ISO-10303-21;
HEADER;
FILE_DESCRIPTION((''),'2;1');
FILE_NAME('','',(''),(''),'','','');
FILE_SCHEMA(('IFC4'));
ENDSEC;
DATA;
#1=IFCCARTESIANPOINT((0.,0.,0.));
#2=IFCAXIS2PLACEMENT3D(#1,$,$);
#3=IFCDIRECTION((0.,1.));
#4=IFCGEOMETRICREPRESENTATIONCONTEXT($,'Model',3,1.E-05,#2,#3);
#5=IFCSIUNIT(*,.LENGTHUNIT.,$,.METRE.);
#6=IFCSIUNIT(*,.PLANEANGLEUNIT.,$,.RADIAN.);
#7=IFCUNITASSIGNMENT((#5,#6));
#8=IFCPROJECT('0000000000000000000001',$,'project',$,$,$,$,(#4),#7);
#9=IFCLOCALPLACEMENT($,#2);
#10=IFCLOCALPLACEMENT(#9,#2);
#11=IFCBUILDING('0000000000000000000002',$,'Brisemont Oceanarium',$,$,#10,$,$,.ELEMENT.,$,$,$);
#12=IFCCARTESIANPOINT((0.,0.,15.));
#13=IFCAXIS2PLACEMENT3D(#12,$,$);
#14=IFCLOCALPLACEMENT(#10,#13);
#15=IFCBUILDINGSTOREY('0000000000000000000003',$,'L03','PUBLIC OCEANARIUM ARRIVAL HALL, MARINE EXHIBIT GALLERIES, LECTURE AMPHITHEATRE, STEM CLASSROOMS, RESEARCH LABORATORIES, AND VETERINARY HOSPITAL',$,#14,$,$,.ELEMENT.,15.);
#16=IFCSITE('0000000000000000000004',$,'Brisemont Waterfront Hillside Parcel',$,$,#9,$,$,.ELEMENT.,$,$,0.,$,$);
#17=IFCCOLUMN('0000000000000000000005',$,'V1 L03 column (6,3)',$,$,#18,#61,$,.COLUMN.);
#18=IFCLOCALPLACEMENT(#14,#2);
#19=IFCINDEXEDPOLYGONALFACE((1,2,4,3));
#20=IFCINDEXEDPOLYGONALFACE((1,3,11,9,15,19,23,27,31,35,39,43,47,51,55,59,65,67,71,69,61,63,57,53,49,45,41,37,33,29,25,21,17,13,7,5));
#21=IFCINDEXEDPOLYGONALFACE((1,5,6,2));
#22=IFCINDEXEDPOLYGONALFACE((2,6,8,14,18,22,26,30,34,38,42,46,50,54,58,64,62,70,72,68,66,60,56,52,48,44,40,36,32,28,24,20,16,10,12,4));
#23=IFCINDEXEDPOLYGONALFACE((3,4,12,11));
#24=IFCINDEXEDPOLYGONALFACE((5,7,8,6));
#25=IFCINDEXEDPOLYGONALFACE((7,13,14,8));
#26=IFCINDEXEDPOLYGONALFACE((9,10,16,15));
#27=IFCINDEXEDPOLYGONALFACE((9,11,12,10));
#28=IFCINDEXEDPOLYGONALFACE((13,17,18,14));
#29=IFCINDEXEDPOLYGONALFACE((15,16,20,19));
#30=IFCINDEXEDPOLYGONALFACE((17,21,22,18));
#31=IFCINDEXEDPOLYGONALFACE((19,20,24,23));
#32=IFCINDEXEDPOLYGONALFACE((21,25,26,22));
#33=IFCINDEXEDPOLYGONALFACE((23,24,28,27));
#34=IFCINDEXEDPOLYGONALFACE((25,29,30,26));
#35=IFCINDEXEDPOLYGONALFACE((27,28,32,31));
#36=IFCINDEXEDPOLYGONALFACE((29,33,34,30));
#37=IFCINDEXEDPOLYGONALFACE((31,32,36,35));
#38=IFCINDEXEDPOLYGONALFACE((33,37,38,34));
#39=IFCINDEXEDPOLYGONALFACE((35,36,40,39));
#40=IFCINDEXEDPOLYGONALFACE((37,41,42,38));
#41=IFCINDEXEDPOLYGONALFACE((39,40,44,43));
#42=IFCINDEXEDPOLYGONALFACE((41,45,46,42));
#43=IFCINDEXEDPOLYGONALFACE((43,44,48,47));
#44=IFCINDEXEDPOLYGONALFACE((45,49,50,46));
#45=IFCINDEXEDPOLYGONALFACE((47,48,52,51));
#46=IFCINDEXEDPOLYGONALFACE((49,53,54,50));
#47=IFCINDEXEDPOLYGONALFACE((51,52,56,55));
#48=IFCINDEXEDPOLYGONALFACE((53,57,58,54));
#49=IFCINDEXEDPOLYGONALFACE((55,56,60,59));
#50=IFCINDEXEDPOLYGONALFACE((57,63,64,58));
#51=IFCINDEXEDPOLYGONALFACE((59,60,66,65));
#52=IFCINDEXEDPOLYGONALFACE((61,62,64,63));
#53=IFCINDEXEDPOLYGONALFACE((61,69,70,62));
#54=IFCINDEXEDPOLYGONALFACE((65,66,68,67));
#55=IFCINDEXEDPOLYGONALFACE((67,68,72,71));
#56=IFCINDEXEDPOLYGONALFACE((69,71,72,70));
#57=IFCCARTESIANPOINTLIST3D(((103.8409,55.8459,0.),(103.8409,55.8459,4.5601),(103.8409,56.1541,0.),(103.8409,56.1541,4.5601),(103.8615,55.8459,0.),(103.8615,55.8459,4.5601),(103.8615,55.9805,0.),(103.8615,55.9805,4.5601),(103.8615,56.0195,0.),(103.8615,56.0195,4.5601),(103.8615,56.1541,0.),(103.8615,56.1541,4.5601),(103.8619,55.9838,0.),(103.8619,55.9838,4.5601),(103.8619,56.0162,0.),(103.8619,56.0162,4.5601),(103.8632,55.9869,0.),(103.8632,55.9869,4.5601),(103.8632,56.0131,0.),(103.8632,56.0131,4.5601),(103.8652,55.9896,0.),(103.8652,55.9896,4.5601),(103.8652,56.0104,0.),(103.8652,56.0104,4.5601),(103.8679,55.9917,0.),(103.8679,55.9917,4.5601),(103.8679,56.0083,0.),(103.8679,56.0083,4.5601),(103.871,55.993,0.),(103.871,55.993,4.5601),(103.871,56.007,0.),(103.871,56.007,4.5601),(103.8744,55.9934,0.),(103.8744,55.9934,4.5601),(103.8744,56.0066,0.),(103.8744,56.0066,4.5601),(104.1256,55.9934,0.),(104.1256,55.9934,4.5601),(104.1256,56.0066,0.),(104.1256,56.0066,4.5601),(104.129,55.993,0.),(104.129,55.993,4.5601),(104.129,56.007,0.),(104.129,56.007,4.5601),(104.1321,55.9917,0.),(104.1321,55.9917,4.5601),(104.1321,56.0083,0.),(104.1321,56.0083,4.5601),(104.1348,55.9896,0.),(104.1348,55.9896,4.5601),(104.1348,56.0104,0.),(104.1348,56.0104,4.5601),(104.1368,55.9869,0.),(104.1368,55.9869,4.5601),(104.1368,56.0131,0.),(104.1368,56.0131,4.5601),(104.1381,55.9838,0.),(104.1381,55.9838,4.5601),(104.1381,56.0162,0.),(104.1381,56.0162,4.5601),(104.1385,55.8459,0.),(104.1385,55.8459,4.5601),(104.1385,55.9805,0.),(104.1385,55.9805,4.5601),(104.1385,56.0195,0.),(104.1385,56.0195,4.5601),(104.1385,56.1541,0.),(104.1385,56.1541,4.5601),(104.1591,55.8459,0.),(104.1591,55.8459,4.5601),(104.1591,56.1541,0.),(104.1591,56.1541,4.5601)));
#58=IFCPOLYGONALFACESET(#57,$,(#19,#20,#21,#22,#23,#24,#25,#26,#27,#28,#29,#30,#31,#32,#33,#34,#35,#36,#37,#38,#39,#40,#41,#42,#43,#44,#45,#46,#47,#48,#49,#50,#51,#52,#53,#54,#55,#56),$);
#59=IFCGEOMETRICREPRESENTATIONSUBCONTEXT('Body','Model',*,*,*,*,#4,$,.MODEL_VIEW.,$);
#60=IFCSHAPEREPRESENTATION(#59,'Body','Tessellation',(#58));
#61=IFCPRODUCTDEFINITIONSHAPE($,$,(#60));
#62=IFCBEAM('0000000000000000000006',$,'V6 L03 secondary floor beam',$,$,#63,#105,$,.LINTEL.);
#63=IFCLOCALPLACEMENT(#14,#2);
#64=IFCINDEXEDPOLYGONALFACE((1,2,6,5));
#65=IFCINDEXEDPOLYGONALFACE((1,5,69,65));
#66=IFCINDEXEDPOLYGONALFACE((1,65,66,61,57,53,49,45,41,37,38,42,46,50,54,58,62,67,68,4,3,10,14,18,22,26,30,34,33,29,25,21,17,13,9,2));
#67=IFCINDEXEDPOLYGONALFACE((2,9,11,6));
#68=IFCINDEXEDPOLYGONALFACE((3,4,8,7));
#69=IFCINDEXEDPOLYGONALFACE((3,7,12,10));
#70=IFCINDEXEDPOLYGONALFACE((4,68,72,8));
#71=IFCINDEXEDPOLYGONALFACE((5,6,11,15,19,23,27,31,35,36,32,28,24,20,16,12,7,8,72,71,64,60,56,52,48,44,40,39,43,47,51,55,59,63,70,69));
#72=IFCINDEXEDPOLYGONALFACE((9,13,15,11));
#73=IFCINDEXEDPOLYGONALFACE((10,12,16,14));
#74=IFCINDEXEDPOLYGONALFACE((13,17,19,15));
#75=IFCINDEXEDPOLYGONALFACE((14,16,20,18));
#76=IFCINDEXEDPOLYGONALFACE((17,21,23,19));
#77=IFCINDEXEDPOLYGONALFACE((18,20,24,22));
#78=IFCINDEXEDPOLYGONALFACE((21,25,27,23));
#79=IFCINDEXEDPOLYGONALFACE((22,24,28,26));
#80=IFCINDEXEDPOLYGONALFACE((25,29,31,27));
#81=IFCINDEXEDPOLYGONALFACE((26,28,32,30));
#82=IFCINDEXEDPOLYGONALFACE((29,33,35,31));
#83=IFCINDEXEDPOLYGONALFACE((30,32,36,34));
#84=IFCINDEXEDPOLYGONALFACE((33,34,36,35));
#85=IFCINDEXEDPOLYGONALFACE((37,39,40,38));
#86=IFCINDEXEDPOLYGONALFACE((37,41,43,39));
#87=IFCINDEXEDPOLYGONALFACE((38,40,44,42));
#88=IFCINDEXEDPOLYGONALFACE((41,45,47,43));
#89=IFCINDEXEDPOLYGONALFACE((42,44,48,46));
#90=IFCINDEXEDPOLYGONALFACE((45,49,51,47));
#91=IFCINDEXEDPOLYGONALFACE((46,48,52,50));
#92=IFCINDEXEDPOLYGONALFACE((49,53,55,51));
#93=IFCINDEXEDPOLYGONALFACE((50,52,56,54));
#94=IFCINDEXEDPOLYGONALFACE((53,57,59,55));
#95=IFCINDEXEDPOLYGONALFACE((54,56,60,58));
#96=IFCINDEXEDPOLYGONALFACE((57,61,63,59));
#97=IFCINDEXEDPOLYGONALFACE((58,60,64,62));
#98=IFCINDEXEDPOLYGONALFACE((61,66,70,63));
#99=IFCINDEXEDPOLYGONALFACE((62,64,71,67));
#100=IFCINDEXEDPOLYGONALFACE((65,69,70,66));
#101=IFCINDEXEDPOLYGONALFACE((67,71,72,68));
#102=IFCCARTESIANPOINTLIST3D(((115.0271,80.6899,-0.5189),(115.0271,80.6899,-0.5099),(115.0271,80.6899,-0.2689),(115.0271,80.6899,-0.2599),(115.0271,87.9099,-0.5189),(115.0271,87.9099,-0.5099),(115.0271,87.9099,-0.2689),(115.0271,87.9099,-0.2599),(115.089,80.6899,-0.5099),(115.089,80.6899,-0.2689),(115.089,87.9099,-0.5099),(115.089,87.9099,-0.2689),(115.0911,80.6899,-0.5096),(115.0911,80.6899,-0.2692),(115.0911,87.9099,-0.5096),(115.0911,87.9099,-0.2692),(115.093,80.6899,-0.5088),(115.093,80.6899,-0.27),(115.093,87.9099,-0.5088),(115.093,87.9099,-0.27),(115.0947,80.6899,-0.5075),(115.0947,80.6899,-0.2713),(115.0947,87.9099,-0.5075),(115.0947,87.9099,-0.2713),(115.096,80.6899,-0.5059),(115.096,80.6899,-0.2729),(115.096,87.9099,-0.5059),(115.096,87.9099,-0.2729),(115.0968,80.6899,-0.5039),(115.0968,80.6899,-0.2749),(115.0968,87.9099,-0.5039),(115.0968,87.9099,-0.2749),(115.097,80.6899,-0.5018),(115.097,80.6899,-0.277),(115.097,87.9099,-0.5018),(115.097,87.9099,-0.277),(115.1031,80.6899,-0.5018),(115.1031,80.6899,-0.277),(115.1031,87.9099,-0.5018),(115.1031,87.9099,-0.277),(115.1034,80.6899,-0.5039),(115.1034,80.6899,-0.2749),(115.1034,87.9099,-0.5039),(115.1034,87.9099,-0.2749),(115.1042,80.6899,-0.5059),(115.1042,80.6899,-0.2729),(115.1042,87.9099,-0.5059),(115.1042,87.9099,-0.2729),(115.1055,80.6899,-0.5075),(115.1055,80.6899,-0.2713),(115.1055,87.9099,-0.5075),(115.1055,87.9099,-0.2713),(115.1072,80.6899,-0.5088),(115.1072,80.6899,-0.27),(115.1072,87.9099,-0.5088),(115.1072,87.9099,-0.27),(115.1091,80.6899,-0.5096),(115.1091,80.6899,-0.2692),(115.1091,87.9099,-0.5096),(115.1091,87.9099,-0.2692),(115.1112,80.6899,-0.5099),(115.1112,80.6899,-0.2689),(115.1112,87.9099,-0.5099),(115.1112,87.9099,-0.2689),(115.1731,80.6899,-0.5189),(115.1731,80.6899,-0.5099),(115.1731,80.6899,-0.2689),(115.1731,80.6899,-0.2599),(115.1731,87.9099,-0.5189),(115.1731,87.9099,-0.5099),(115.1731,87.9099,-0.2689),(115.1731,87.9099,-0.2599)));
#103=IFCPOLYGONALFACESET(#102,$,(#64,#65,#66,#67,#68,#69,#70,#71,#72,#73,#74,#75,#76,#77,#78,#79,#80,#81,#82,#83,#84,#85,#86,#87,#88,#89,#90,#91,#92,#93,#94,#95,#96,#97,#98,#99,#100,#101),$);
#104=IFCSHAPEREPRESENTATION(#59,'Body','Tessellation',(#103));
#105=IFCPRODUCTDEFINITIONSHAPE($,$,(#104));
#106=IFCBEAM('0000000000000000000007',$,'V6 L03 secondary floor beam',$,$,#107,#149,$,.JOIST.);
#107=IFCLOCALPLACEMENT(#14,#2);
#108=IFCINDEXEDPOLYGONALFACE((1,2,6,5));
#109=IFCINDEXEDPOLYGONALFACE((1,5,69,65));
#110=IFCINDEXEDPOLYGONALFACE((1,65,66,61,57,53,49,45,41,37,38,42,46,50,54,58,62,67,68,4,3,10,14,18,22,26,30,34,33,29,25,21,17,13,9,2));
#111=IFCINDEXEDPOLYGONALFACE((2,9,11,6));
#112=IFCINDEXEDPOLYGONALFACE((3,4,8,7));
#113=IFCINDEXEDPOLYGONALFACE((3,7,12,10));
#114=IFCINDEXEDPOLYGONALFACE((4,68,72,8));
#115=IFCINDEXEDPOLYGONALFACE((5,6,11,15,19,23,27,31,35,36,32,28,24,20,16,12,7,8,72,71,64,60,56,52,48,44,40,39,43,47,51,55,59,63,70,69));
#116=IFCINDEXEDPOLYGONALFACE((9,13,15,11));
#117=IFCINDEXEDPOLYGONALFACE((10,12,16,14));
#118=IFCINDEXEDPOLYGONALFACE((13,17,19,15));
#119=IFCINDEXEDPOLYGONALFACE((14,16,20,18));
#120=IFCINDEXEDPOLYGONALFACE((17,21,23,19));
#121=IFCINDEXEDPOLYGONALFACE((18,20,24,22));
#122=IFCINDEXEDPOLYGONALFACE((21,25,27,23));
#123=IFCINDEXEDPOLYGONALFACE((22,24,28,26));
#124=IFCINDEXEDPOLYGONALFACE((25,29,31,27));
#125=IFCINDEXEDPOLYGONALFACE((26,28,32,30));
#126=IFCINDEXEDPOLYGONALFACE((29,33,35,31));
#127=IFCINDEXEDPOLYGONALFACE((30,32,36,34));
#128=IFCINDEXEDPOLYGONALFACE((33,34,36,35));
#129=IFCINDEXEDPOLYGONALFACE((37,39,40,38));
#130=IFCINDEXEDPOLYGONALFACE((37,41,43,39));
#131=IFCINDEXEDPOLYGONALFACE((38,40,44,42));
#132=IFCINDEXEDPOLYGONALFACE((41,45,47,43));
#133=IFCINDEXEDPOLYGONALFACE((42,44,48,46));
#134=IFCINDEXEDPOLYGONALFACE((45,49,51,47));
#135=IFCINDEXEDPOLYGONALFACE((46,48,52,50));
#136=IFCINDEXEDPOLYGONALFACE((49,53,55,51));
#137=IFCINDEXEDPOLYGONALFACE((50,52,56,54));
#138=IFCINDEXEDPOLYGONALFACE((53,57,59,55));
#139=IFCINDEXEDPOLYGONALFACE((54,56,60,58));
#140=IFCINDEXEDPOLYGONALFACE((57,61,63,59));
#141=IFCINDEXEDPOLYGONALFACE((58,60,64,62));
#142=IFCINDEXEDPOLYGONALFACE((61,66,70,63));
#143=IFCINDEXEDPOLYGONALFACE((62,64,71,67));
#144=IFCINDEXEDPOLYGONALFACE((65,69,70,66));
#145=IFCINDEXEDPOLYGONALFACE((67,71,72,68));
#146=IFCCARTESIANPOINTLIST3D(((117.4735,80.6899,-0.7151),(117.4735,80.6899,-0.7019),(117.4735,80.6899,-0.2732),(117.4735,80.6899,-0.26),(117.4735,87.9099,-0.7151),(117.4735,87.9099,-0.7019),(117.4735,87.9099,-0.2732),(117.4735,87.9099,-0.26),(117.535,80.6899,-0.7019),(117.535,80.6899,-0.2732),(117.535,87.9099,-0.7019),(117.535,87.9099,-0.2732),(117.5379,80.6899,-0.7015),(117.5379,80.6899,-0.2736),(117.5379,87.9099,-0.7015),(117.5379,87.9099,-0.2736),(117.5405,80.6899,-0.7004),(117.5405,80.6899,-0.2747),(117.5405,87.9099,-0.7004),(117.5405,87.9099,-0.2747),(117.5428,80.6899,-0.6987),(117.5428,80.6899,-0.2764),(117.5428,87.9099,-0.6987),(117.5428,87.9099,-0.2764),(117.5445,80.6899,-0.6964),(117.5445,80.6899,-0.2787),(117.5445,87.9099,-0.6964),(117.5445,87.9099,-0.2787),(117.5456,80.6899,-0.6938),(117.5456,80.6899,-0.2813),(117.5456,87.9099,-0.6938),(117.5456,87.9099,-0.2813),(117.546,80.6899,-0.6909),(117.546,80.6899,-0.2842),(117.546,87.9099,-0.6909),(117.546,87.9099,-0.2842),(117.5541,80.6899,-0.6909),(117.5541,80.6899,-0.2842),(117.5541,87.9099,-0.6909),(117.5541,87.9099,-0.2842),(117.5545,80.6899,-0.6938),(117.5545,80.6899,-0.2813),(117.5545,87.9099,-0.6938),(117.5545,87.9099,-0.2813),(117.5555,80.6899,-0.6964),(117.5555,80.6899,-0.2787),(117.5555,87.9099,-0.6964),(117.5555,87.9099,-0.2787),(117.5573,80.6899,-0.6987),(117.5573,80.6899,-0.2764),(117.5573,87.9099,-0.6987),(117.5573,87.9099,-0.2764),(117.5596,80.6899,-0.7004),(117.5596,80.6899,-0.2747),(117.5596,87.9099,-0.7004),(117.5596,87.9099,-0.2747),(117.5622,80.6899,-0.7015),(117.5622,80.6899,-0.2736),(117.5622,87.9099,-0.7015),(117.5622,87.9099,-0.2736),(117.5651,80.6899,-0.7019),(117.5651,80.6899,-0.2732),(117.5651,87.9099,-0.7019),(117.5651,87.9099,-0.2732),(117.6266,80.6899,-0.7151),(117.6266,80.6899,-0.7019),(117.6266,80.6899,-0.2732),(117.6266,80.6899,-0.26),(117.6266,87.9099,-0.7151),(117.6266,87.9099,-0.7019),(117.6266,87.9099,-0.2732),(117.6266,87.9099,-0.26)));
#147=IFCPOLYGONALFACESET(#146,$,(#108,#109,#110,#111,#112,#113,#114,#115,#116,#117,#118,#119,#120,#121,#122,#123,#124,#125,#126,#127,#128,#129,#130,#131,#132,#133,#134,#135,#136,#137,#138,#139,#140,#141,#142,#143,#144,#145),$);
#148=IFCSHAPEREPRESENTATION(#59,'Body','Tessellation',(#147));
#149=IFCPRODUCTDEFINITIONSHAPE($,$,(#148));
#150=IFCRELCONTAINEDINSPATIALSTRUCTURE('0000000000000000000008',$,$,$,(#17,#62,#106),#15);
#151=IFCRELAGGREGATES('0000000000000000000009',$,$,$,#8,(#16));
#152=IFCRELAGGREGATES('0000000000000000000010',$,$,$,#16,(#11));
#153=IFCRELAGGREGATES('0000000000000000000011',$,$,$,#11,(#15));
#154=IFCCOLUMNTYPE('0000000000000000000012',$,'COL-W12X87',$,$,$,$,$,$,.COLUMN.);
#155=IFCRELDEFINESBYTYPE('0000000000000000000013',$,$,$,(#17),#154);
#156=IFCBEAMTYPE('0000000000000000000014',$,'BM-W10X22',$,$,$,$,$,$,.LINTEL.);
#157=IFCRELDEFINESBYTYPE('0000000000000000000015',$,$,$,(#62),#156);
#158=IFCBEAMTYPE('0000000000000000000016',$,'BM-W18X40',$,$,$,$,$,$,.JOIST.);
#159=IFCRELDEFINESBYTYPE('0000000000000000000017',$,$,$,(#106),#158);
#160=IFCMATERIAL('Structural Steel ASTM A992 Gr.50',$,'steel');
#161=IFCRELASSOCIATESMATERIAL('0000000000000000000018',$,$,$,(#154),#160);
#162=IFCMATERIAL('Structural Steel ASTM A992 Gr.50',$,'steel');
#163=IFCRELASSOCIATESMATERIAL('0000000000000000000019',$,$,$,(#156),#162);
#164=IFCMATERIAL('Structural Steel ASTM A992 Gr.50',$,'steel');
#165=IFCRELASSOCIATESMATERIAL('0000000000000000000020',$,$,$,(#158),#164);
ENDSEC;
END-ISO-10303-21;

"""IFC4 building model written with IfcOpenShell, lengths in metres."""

from ifc_helpers import new_model, si_unit, direction, frame, origin, origin_2d, place, context, subcontext, project, spatial, i_section, extrude, material, material_profile, profile_set, type_object, element, save


model = new_model("IFC4")

# Units and contexts
model_context = context("Model", 3, precision=1e-05, world=origin(), true_north=direction((0.0, 1.0)))
body_context = subcontext(model_context, "Body", "Model", "MODEL_VIEW")
ifc_project = project(units=[si_unit("LENGTHUNIT", "METRE"), si_unit("PLANEANGLEUNIT", "RADIAN")], contexts=[model_context])

# Site, building, storey
site_placement = place(None, origin())
site = spatial("IfcSite", under=ifc_project, at=site_placement, Name="Brisemont Waterfront Hillside Parcel", CompositionType="ELEMENT", RefElevation=0.0)
building_placement = place(site_placement, origin())
building = spatial("IfcBuilding", under=site, at=building_placement, Name="Brisemont Oceanarium", CompositionType="ELEMENT")
storey_placement = place(building_placement, frame((0.0, 0.0, 15.0)))
storey = spatial("IfcBuildingStorey", under=building, at=storey_placement, Name="L03", Description="PUBLIC OCEANARIUM ARRIVAL HALL, MARINE EXHIBIT GALLERIES, LECTURE AMPHITHEATRE, STEM CLASSROOMS, RESEARCH LABORATORIES, AND VETERINARY HOSPITAL", CompositionType="ELEMENT", Elevation=15.0)

# Column
ifc_material_1 = material(Name="Structural Steel ASTM A992 Gr.50", Category="steel")
ifc_material_profile_1 = material_profile(ifc_material_1, i_section(OverallWidth=0.3081, OverallDepth=0.3181, WebThickness=0.0132, FlangeThickness=0.0205, FilletRadius=0.0129, at=origin_2d()), Name="W12X87")
ifc_profile_set_1 = profile_set([ifc_material_profile_1], Name="Structural Steel ASTM A992 Gr.50")
column_type_1 = type_object("IfcColumnType", Name="COL-W12X87", PredefinedType="COLUMN", material=ifc_profile_set_1)
column_1_placement = place(storey_placement, frame((104.0, 56.0, 0.0), z_axis=(0.0, 0.0, 1.0), x_axis=(0.0, 1.0, 0.0)))
element("IfcColumn", 1, at=column_1_placement, inside=storey, type_object=column_type_1, Name="V1 L03 column (6,3)", PredefinedType="COLUMN", context=body_context, shape_type="SweptSolid", body=[
    extrude(i_section(OverallWidth=0.3081, OverallDepth=0.3181, WebThickness=0.0132, FlangeThickness=0.0205, FilletRadius=0.0129, at=origin_2d()), origin(), (0.0, 0.0, 1.0), 4.5601),
])

# Beams
ifc_material_2 = material(Name="Structural Steel ASTM A992 Gr.50", Category="steel")
ifc_material_profile_2 = material_profile(ifc_material_2, i_section(OverallWidth=0.146, OverallDepth=0.259, WebThickness=0.0061, FlangeThickness=0.009, FilletRadius=0.0081, at=origin_2d()), Name="W10X22")
ifc_profile_set_2 = profile_set([ifc_material_profile_2], Name="Structural Steel ASTM A992 Gr.50")
beam_type_1 = type_object("IfcBeamType", Name="BM-W10X22", PredefinedType="LINTEL", material=ifc_profile_set_2)
beam_1_placement = place(storey_placement, frame((115.1001, 80.6899, -0.3894), z_axis=(0.0, 1.0, 0.0), x_axis=(-1.0, 0.0, 0.0)))
element("IfcBeam", 2, at=beam_1_placement, inside=storey, type_object=beam_type_1, Name="V6 L03 secondary floor beam", PredefinedType="LINTEL", context=body_context, shape_type="SweptSolid", body=[
    extrude(i_section(OverallWidth=0.146, OverallDepth=0.259, WebThickness=0.0061, FlangeThickness=0.009, FilletRadius=0.0081, at=origin_2d()), origin(), (0.0, 0.0, 1.0), 7.22),
])
ifc_material_3 = material(Name="Structural Steel ASTM A992 Gr.50", Category="steel")
ifc_material_profile_3 = material_profile(ifc_material_3, i_section(OverallWidth=0.1531, OverallDepth=0.4551, WebThickness=0.0081, FlangeThickness=0.0132, FilletRadius=0.011, at=origin_2d()), Name="W18X40")
ifc_profile_set_3 = profile_set([ifc_material_profile_3], Name="Structural Steel ASTM A992 Gr.50")
beam_type_2 = type_object("IfcBeamType", Name="BM-W18X40", PredefinedType="JOIST", material=ifc_profile_set_3)
beam_2_placement = place(storey_placement, frame((117.55, 80.6899, -0.4875), z_axis=(0.0, 1.0, 0.0), x_axis=(-1.0, 0.0, 0.0)))
element("IfcBeam", 3, at=beam_2_placement, inside=storey, type_object=beam_type_2, Name="V6 L03 secondary floor beam", PredefinedType="JOIST", context=body_context, shape_type="SweptSolid", body=[
    extrude(i_section(OverallWidth=0.1531, OverallDepth=0.4551, WebThickness=0.0081, FlangeThickness=0.0132, FilletRadius=0.011, at=origin_2d()), origin(), (0.0, 0.0, 1.0), 7.22),
])

save(model, "model.ifc")
